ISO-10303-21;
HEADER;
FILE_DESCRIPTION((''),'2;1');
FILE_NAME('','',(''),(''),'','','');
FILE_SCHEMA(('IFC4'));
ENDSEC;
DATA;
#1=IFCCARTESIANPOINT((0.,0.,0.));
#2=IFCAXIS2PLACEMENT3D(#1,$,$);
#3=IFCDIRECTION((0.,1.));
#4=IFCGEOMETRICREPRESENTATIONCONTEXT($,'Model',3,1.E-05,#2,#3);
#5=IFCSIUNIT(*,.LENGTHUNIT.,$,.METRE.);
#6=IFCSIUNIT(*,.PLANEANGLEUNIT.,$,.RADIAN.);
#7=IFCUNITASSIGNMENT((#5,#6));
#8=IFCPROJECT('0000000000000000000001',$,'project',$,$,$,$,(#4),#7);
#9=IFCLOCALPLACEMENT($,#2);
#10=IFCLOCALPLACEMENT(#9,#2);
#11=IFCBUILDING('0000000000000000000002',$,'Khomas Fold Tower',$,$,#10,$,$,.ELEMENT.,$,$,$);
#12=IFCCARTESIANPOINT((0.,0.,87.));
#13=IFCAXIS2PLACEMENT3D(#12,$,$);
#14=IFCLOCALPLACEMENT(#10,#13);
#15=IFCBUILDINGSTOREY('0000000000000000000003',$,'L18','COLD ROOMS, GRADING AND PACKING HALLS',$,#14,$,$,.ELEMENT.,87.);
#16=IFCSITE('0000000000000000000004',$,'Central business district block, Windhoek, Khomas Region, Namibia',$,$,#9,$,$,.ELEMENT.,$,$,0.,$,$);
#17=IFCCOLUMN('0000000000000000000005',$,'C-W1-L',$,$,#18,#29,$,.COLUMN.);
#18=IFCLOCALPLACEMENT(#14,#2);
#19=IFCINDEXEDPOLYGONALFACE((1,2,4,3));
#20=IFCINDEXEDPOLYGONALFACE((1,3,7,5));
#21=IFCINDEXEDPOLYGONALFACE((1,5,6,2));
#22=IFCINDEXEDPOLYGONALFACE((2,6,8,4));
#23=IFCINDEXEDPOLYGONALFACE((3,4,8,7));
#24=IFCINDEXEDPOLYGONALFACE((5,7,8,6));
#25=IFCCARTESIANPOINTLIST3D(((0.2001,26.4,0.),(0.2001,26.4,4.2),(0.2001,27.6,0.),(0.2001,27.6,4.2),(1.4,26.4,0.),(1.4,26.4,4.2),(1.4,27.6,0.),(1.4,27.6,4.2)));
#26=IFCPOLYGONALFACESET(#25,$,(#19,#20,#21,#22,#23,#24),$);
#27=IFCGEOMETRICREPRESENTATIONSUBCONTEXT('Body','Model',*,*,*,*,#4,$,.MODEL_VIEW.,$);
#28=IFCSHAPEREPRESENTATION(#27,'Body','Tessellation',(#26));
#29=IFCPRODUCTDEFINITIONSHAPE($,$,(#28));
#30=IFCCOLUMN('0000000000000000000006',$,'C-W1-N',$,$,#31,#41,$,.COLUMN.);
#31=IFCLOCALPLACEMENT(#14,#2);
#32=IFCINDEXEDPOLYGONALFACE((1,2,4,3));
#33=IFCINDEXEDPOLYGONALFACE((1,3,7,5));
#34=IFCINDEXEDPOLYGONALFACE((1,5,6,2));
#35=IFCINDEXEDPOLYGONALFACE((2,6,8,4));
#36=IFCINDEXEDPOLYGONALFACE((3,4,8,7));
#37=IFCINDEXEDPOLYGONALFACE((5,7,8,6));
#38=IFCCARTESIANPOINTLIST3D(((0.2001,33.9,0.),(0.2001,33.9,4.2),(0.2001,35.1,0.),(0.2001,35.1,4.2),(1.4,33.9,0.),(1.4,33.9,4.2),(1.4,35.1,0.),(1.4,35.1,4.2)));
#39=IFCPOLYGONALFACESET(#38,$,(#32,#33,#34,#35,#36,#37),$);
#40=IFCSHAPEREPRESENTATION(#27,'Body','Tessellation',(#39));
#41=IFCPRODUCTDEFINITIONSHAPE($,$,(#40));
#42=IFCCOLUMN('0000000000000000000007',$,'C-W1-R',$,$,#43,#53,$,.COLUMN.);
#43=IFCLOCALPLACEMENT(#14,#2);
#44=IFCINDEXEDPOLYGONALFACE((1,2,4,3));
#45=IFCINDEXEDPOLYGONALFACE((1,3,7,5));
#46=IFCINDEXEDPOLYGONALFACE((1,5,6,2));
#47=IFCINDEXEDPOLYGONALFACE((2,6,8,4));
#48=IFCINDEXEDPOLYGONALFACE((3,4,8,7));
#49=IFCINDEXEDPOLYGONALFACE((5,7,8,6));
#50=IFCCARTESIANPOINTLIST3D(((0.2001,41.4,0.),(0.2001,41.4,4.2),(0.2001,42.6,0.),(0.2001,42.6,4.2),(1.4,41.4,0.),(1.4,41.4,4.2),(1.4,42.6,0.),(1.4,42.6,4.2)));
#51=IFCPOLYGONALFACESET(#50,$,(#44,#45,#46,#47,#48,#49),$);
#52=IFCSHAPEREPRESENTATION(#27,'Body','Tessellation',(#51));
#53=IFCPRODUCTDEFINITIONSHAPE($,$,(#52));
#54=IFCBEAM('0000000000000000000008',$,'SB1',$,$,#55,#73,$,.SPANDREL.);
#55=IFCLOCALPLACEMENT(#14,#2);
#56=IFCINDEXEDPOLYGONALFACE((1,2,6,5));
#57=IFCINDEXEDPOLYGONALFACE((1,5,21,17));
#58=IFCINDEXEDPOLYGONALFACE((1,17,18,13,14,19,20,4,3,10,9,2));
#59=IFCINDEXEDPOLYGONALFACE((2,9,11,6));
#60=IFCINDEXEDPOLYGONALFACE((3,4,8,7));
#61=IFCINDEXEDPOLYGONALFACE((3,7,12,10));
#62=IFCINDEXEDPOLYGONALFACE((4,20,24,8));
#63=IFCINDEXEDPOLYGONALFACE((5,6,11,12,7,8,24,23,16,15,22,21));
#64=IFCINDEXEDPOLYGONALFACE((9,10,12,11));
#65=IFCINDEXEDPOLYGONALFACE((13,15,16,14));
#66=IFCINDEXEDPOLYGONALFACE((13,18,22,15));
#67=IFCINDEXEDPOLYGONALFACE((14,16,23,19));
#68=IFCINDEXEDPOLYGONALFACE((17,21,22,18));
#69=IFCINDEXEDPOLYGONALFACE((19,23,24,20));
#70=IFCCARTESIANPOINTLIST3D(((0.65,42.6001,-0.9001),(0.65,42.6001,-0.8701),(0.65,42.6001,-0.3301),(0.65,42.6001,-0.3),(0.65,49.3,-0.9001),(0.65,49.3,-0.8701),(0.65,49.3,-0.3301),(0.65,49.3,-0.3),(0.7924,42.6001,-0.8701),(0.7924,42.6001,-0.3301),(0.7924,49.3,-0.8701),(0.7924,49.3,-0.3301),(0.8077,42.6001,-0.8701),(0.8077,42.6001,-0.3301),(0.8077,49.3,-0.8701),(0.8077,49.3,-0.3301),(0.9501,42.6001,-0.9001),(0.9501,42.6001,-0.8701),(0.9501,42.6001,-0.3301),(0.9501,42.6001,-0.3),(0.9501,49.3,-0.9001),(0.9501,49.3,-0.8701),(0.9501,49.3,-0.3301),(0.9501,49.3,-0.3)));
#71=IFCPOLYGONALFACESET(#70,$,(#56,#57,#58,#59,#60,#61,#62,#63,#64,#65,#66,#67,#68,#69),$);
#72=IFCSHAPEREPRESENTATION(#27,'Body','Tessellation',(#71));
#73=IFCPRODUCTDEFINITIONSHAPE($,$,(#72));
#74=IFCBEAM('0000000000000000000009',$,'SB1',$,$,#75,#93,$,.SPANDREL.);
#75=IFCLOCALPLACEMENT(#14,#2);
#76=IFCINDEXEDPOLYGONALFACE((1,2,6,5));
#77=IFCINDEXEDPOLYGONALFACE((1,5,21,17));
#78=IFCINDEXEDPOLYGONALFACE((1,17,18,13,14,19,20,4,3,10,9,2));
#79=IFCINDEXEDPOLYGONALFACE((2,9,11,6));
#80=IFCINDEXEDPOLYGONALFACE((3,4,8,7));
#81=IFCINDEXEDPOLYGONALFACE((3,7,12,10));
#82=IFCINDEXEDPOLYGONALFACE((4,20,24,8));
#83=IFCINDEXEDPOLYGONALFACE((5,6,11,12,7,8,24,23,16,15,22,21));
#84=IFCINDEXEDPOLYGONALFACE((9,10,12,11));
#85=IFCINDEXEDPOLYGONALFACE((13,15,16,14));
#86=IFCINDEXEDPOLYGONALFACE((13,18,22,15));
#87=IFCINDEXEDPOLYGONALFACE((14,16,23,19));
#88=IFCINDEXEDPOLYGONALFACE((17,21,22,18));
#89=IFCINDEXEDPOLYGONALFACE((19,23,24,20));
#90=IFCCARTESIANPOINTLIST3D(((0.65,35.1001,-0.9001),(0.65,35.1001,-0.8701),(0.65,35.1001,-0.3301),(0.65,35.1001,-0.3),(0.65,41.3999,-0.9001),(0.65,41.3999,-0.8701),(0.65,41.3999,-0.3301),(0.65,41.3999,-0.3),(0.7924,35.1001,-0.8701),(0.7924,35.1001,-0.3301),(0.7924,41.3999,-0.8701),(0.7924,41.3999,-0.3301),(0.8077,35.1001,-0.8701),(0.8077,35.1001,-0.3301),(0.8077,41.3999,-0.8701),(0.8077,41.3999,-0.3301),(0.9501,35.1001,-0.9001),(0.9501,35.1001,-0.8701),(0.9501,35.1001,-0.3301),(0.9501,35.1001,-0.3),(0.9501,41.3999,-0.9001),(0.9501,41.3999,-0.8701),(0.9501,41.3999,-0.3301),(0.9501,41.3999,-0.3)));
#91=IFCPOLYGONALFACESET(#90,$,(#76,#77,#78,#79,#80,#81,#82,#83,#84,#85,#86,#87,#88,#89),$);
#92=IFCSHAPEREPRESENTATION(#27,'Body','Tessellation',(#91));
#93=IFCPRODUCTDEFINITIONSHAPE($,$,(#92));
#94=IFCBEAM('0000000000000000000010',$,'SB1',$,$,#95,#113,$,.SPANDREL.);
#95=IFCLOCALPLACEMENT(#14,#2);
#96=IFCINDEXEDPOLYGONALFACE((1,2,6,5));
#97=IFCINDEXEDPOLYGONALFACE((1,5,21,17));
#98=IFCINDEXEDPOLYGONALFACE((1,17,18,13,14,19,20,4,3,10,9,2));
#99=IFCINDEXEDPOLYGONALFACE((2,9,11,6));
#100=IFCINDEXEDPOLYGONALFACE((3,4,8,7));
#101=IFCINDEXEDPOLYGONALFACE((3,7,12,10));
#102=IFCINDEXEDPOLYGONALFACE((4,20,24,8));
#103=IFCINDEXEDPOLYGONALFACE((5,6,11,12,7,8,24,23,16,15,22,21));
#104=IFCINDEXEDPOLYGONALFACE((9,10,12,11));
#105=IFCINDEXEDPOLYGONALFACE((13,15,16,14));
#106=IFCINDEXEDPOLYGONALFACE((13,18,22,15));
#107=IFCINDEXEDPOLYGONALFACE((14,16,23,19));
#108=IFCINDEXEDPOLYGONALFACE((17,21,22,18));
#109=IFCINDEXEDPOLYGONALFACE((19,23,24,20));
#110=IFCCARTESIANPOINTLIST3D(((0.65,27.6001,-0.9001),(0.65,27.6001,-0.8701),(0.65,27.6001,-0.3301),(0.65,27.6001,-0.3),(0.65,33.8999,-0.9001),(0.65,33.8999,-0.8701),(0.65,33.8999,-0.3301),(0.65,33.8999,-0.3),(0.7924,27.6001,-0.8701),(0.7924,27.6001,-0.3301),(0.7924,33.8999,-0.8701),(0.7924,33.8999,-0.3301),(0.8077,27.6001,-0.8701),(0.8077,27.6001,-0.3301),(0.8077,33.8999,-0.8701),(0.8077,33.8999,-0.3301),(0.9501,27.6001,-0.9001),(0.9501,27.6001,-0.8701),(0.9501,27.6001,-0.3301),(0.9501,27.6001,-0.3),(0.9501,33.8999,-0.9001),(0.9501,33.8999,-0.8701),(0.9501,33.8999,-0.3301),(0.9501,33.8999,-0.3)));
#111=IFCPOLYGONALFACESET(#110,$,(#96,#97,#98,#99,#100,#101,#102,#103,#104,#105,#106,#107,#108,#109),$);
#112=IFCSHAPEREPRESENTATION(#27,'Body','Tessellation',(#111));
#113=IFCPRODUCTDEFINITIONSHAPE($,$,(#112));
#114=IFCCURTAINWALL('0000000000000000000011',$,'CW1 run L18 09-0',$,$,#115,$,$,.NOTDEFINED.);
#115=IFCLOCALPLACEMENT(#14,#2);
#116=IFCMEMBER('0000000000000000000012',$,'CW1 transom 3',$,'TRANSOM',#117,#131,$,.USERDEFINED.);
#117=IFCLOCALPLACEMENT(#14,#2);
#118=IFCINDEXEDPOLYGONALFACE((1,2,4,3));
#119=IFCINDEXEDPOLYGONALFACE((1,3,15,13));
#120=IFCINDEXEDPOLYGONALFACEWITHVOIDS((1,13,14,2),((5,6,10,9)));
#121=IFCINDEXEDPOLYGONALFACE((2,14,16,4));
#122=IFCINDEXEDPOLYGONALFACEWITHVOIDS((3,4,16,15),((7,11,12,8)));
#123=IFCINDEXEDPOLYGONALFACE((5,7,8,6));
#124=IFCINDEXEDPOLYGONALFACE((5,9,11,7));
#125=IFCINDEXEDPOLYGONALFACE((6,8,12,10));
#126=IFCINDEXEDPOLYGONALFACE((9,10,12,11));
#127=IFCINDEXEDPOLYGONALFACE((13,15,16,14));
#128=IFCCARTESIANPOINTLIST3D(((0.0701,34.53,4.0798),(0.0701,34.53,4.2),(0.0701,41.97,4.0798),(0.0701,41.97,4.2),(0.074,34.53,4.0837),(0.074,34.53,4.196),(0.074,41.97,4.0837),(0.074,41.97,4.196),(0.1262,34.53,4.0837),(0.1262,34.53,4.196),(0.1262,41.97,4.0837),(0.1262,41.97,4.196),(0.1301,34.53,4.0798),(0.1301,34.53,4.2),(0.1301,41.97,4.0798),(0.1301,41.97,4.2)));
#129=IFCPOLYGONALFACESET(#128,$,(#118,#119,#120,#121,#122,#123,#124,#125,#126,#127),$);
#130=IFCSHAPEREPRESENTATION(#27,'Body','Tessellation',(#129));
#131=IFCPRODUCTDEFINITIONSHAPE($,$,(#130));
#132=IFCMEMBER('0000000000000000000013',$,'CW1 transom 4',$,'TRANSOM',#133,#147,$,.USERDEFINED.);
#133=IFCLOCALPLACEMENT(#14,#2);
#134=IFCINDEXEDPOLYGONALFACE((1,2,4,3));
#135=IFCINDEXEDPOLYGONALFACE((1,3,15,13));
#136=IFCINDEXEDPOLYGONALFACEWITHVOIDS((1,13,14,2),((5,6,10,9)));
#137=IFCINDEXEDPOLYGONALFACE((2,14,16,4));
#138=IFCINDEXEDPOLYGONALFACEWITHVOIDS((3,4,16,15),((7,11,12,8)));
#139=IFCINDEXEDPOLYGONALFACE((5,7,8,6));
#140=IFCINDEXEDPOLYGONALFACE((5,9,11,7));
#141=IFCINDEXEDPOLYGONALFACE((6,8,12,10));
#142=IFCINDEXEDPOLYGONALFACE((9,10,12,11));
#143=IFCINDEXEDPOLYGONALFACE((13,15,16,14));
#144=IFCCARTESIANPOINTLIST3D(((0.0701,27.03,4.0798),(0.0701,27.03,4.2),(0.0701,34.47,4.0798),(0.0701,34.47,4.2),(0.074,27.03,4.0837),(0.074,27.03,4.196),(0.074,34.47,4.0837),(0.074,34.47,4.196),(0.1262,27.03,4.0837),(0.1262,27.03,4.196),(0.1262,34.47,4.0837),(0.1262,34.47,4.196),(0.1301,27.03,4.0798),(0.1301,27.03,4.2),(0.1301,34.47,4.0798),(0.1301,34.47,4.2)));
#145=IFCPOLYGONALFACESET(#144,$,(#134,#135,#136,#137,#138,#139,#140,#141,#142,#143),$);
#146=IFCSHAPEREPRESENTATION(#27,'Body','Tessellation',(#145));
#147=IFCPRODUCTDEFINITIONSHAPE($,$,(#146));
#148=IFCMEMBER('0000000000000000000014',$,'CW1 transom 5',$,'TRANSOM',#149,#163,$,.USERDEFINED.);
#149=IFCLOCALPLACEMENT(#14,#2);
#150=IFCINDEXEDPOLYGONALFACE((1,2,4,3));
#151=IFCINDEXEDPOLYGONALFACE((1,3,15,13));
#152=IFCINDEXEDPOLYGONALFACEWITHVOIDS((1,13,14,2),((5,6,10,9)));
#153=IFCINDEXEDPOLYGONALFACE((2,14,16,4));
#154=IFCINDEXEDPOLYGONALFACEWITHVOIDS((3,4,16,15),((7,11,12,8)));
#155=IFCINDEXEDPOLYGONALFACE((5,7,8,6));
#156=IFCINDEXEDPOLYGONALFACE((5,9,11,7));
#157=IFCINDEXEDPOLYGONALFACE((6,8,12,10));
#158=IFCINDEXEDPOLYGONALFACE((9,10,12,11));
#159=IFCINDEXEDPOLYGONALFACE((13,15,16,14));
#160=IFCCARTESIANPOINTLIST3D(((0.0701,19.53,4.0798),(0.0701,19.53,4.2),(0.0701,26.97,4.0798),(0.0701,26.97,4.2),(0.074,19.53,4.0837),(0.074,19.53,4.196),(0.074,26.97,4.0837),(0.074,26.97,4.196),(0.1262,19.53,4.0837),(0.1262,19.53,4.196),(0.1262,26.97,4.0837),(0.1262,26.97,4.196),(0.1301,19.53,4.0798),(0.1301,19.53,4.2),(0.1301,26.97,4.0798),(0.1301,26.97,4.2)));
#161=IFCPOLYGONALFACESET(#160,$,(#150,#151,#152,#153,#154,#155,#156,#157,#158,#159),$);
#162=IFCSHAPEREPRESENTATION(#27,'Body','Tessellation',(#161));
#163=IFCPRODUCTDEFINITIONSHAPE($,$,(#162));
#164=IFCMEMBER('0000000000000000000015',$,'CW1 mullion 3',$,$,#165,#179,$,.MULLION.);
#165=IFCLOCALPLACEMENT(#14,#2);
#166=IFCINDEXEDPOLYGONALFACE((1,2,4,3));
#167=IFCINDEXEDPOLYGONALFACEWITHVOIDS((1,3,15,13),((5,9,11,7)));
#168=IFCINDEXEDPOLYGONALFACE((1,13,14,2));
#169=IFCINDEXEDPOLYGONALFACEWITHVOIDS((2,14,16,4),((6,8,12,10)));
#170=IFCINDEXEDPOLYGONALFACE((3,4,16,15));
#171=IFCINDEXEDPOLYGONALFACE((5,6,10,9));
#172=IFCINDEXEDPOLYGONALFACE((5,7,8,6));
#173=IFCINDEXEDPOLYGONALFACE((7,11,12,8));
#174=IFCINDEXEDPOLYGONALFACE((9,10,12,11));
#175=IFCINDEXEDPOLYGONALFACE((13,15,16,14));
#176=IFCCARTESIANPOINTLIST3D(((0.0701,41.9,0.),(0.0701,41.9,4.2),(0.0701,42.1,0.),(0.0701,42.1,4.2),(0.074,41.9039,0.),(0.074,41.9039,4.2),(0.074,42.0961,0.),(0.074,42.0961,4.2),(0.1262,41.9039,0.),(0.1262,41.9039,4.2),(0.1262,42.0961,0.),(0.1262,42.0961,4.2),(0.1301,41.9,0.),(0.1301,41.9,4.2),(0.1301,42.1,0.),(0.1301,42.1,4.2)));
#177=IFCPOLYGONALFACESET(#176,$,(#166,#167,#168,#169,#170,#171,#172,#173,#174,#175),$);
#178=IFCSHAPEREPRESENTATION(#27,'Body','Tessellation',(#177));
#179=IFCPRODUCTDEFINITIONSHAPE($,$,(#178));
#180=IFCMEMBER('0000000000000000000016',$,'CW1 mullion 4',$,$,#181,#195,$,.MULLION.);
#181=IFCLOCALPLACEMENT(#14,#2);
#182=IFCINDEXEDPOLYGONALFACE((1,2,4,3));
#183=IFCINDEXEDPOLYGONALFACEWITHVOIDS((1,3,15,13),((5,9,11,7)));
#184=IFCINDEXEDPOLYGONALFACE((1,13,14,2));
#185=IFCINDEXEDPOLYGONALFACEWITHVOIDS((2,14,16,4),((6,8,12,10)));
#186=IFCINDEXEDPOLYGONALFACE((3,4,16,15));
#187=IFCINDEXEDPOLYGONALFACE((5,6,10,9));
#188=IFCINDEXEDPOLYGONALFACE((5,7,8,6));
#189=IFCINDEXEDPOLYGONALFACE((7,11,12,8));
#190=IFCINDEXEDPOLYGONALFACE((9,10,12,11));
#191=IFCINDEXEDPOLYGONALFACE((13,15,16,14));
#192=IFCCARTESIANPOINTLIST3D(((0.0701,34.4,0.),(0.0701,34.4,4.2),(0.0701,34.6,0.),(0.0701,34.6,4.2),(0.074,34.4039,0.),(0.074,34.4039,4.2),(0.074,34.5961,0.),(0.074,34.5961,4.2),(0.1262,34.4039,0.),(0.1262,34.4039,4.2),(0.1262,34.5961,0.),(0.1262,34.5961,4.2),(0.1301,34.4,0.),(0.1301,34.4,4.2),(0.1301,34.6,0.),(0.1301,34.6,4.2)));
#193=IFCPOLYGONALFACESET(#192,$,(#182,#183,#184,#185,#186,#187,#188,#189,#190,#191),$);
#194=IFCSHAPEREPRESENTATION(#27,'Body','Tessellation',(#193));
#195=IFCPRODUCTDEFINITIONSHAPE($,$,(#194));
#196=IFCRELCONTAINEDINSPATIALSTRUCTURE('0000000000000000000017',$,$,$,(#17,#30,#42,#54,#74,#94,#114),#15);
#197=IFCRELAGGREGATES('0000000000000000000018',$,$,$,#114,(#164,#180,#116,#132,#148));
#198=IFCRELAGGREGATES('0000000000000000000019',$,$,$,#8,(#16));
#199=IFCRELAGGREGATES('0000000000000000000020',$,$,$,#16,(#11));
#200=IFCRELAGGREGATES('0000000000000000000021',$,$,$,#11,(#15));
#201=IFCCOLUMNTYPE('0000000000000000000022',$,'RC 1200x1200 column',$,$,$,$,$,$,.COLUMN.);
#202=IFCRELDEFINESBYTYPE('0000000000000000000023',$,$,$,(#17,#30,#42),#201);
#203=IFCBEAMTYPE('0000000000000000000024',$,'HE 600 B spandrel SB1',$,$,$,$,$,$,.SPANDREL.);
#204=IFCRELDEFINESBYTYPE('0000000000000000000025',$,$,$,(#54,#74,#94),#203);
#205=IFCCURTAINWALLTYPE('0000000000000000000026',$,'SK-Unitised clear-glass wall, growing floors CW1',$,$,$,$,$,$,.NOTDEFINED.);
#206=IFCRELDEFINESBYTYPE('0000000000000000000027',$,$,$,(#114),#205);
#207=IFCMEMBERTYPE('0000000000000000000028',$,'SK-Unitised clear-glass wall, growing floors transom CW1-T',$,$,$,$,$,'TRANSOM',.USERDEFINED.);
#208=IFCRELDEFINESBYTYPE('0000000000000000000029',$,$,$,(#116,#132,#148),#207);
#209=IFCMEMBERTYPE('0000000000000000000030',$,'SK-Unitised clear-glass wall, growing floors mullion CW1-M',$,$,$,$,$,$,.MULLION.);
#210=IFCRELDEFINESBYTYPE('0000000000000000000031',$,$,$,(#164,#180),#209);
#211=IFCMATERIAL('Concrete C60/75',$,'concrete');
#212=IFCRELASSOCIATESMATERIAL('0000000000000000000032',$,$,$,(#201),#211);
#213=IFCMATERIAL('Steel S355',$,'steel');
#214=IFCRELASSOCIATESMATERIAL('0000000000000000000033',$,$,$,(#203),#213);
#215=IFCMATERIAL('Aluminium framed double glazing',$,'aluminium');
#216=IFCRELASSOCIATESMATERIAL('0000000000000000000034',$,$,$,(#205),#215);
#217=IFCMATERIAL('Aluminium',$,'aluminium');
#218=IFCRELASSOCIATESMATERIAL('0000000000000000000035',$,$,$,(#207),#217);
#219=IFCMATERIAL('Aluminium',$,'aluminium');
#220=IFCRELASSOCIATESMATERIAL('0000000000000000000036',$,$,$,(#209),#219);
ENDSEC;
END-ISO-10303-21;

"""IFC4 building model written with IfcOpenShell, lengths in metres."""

from ifc_helpers import new_model, si_unit, direction, frame, origin, origin_2d, place, context, subcontext, project, spatial, rectangle, hollow_rectangle, i_section, extrude, source, transform, mapped, material, material_profile, profile_set, type_object, element, aggregate, save


model = new_model("IFC4")

# Units and contexts
model_context = context("Model", 3, precision=1e-05, world=origin(), true_north=direction((0.0, 1.0)))
body_context = subcontext(model_context, "Body", "Model", "MODEL_VIEW")
ifc_project = project(units=[si_unit("LENGTHUNIT", "METRE"), si_unit("PLANEANGLEUNIT", "RADIAN")], contexts=[model_context])

# Site, building, storey
site_placement = place(None, origin())
site = spatial("IfcSite", under=ifc_project, at=site_placement, Name="Central business district block, Windhoek, Khomas Region, Namibia", CompositionType="ELEMENT", RefElevation=0.0)
building_placement = place(site_placement, origin())
building = spatial("IfcBuilding", under=site, at=building_placement, Name="Khomas Fold Tower", CompositionType="ELEMENT")
storey_placement = place(building_placement, frame((0.0, 0.0, 87.0)))
storey = spatial("IfcBuildingStorey", under=building, at=storey_placement, Name="L18", Description="COLD ROOMS, GRADING AND PACKING HALLS", CompositionType="ELEMENT", Elevation=87.0)

# Columns
ifc_material_1 = material(Name="Concrete C60/75", Category="concrete")
ifc_material_profile_1 = material_profile(ifc_material_1, rectangle(XDim=1.2, YDim=1.2, at=origin_2d()), Name="RC 1200x1200")
ifc_profile_set_1 = profile_set([ifc_material_profile_1], Name="Concrete C60/75")
column_type = type_object("IfcColumnType", Name="RC 1200x1200 column", PredefinedType="COLUMN", material=ifc_profile_set_1)
shared_shape_1 = source(origin(), body_context, "Body", "SweptSolid", [
    extrude(rectangle(XDim=1.2, YDim=1.2, at=origin_2d()), origin(), (0.0, 0.0, 1.0), 4.2),
])
for number, where, z_axis, x_axis, name in (
    (1, (0.8, 27.0, 0.0), (0.0, 0.0, 1.0), (1.0, 0.0, 0.0), "C-W1-L"),
    (2, (0.8, 34.5, 0.0), (0.0, 0.0, 1.0), (1.0, 0.0, 0.0), "C-W1-N"),
    (3, (0.8, 42.0, 0.0), (0.0, 0.0, 1.0), (1.0, 0.0, 0.0), "C-W1-R"),
):
    element("IfcColumn", number, at=place(storey_placement, frame(where, z_axis=z_axis, x_axis=x_axis)), inside=storey, type_object=column_type, Name=name, PredefinedType="COLUMN", context=body_context, shape_type="MappedRepresentation", body=[
        mapped(shared_shape_1, transform((0.0, 0.0, 0.0))),
    ])

# Beams
ifc_material_2 = material(Name="Steel S355", Category="steel")
ifc_material_profile_2 = material_profile(ifc_material_2, i_section(OverallWidth=0.3, OverallDepth=0.6001, WebThickness=0.0154, FlangeThickness=0.03, at=origin_2d()), Name="HE 600 B")
ifc_profile_set_2 = profile_set([ifc_material_profile_2], Name="Steel S355")
beam_type = type_object("IfcBeamType", Name="HE 600 B spandrel SB1", PredefinedType="SPANDREL", material=ifc_profile_set_2)
shared_shape_2 = source(origin(), body_context, "Body", "SweptSolid", [
    extrude(i_section(OverallWidth=0.3, OverallDepth=0.6001, WebThickness=0.0154, FlangeThickness=0.03, at=origin_2d()), origin(), (0.0, 0.0, 1.0), 6.7),
])
beam_placement = place(storey_placement, frame((0.8, 42.6001, -0.6001), z_axis=(0.0, 1.0, 0.0), x_axis=(-1.0, 0.0, 0.0)))
element("IfcBeam", 4, at=beam_placement, inside=storey, type_object=beam_type, Name="SB1", PredefinedType="SPANDREL", context=body_context, shape_type="MappedRepresentation", body=[
    mapped(shared_shape_2, transform((0.0, 0.0, 0.0))),
])
shared_shape_3 = source(origin(), body_context, "Body", "SweptSolid", [
    extrude(i_section(OverallWidth=0.3, OverallDepth=0.6001, WebThickness=0.0154, FlangeThickness=0.03, at=origin_2d()), origin(), (0.0, 0.0, 1.0), 6.2998),
])
for number, where, z_axis, x_axis, name in (
    (5, (0.8, 35.1001, -0.6001), (0.0, 1.0, 0.0), (-1.0, 0.0, 0.0), "SB1"),
    (6, (0.8, 27.6001, -0.6001), (0.0, 1.0, 0.0), (-1.0, 0.0, 0.0), "SB1"),
):
    element("IfcBeam", number, at=place(storey_placement, frame(where, z_axis=z_axis, x_axis=x_axis)), inside=storey, type_object=beam_type, Name=name, PredefinedType="SPANDREL", context=body_context, shape_type="MappedRepresentation", body=[
        mapped(shared_shape_3, transform((0.0, 0.0, 0.0))),
    ])

# Curtain wall, members
ifc_material_3 = material(Name="Aluminium framed double glazing", Category="aluminium")
curtain_wall_type = type_object("IfcCurtainWallType", Name="SK-Unitised clear-glass wall, growing floors CW1", PredefinedType="NOTDEFINED", material=ifc_material_3)
curtain_wall_placement = place(storey_placement, origin())
curtain_wall = element("IfcCurtainWall", 7, at=curtain_wall_placement, inside=storey, type_object=curtain_wall_type, Name="CW1 run L18 09-0", PredefinedType="NOTDEFINED")
ifc_material_4 = material(Name="Aluminium", Category="aluminium")
ifc_material_profile_3 = material_profile(ifc_material_4, hollow_rectangle(XDim=0.0601, YDim=0.1201, WallThickness=0.0039, at=origin_2d()), Name="SK-Unitised clear-glass wall, growing floors transom CW1-T")
ifc_profile_set_3 = profile_set([ifc_material_profile_3], Name="Aluminium")
member_type_1 = type_object("IfcMemberType", Name="SK-Unitised clear-glass wall, growing floors transom CW1-T", ElementType="TRANSOM", PredefinedType="USERDEFINED", material=ifc_profile_set_3)
shared_shape_4 = source(origin(), body_context, "Body", "SweptSolid", [
    extrude(hollow_rectangle(XDim=0.0601, YDim=0.1201, WallThickness=0.0039, at=origin_2d()), origin(), (0.0, 0.0, 1.0), 7.4399),
])
member_1_placement = place(storey_placement, frame((0.1001, 41.97, 4.1399), z_axis=(0.0, -1.0, 0.0), x_axis=(1.0, 0.0, 0.0)))
member_1 = element("IfcMember", 8, at=member_1_placement, type_object=member_type_1, Name="CW1 transom 3", ObjectType="TRANSOM", PredefinedType="USERDEFINED", context=body_context, shape_type="MappedRepresentation", body=[
    mapped(shared_shape_4, transform((0.0, 0.0, 0.0))),
])
member_2_placement = place(storey_placement, frame((0.1001, 34.47, 4.1399), z_axis=(0.0, -1.0, 0.0), x_axis=(1.0, 0.0, 0.0)))
member_2 = element("IfcMember", 9, at=member_2_placement, type_object=member_type_1, Name="CW1 transom 4", ObjectType="TRANSOM", PredefinedType="USERDEFINED", context=body_context, shape_type="MappedRepresentation", body=[
    mapped(shared_shape_4, transform((0.0, 0.0, 0.0))),
])
member_3_placement = place(storey_placement, frame((0.1001, 26.97, 4.1399), z_axis=(0.0, -1.0, 0.0), x_axis=(1.0, 0.0, 0.0)))
member_3 = element("IfcMember", 10, at=member_3_placement, type_object=member_type_1, Name="CW1 transom 5", ObjectType="TRANSOM", PredefinedType="USERDEFINED", context=body_context, shape_type="MappedRepresentation", body=[
    mapped(shared_shape_4, transform((0.0, 0.0, 0.0))),
])
ifc_material_5 = material(Name="Aluminium", Category="aluminium")
ifc_material_profile_4 = material_profile(ifc_material_5, hollow_rectangle(XDim=0.0601, YDim=0.2, WallThickness=0.0039, at=origin_2d()), Name="SK-Unitised clear-glass wall, growing floors mullion CW1-M")
ifc_profile_set_4 = profile_set([ifc_material_profile_4], Name="Aluminium")
member_type_2 = type_object("IfcMemberType", Name="SK-Unitised clear-glass wall, growing floors mullion CW1-M", PredefinedType="MULLION", material=ifc_profile_set_4)
shared_shape_5 = source(origin(), body_context, "Body", "SweptSolid", [
    extrude(hollow_rectangle(XDim=0.0601, YDim=0.2, WallThickness=0.0039, at=origin_2d()), origin(), (0.0, 0.0, 1.0), 4.2),
])
member_4_placement = place(storey_placement, frame((0.1001, 42.0, 0.0), z_axis=(0.0, 0.0, 1.0), x_axis=(1.0, 0.0, 0.0)))
member_4 = element("IfcMember", 11, at=member_4_placement, type_object=member_type_2, Name="CW1 mullion 3", PredefinedType="MULLION", context=body_context, shape_type="MappedRepresentation", body=[
    mapped(shared_shape_5, transform((0.0, 0.0, 0.0))),
])
member_5_placement = place(storey_placement, frame((0.1001, 34.5, 0.0), z_axis=(0.0, 0.0, 1.0), x_axis=(1.0, 0.0, 0.0)))
member_5 = element("IfcMember", 12, at=member_5_placement, type_object=member_type_2, Name="CW1 mullion 4", PredefinedType="MULLION", context=body_context, shape_type="MappedRepresentation", body=[
    mapped(shared_shape_5, transform((0.0, 0.0, 0.0))),
])

aggregate(curtain_wall, [member_4, member_5, member_1, member_2, member_3])

save(model, "model.ifc")
